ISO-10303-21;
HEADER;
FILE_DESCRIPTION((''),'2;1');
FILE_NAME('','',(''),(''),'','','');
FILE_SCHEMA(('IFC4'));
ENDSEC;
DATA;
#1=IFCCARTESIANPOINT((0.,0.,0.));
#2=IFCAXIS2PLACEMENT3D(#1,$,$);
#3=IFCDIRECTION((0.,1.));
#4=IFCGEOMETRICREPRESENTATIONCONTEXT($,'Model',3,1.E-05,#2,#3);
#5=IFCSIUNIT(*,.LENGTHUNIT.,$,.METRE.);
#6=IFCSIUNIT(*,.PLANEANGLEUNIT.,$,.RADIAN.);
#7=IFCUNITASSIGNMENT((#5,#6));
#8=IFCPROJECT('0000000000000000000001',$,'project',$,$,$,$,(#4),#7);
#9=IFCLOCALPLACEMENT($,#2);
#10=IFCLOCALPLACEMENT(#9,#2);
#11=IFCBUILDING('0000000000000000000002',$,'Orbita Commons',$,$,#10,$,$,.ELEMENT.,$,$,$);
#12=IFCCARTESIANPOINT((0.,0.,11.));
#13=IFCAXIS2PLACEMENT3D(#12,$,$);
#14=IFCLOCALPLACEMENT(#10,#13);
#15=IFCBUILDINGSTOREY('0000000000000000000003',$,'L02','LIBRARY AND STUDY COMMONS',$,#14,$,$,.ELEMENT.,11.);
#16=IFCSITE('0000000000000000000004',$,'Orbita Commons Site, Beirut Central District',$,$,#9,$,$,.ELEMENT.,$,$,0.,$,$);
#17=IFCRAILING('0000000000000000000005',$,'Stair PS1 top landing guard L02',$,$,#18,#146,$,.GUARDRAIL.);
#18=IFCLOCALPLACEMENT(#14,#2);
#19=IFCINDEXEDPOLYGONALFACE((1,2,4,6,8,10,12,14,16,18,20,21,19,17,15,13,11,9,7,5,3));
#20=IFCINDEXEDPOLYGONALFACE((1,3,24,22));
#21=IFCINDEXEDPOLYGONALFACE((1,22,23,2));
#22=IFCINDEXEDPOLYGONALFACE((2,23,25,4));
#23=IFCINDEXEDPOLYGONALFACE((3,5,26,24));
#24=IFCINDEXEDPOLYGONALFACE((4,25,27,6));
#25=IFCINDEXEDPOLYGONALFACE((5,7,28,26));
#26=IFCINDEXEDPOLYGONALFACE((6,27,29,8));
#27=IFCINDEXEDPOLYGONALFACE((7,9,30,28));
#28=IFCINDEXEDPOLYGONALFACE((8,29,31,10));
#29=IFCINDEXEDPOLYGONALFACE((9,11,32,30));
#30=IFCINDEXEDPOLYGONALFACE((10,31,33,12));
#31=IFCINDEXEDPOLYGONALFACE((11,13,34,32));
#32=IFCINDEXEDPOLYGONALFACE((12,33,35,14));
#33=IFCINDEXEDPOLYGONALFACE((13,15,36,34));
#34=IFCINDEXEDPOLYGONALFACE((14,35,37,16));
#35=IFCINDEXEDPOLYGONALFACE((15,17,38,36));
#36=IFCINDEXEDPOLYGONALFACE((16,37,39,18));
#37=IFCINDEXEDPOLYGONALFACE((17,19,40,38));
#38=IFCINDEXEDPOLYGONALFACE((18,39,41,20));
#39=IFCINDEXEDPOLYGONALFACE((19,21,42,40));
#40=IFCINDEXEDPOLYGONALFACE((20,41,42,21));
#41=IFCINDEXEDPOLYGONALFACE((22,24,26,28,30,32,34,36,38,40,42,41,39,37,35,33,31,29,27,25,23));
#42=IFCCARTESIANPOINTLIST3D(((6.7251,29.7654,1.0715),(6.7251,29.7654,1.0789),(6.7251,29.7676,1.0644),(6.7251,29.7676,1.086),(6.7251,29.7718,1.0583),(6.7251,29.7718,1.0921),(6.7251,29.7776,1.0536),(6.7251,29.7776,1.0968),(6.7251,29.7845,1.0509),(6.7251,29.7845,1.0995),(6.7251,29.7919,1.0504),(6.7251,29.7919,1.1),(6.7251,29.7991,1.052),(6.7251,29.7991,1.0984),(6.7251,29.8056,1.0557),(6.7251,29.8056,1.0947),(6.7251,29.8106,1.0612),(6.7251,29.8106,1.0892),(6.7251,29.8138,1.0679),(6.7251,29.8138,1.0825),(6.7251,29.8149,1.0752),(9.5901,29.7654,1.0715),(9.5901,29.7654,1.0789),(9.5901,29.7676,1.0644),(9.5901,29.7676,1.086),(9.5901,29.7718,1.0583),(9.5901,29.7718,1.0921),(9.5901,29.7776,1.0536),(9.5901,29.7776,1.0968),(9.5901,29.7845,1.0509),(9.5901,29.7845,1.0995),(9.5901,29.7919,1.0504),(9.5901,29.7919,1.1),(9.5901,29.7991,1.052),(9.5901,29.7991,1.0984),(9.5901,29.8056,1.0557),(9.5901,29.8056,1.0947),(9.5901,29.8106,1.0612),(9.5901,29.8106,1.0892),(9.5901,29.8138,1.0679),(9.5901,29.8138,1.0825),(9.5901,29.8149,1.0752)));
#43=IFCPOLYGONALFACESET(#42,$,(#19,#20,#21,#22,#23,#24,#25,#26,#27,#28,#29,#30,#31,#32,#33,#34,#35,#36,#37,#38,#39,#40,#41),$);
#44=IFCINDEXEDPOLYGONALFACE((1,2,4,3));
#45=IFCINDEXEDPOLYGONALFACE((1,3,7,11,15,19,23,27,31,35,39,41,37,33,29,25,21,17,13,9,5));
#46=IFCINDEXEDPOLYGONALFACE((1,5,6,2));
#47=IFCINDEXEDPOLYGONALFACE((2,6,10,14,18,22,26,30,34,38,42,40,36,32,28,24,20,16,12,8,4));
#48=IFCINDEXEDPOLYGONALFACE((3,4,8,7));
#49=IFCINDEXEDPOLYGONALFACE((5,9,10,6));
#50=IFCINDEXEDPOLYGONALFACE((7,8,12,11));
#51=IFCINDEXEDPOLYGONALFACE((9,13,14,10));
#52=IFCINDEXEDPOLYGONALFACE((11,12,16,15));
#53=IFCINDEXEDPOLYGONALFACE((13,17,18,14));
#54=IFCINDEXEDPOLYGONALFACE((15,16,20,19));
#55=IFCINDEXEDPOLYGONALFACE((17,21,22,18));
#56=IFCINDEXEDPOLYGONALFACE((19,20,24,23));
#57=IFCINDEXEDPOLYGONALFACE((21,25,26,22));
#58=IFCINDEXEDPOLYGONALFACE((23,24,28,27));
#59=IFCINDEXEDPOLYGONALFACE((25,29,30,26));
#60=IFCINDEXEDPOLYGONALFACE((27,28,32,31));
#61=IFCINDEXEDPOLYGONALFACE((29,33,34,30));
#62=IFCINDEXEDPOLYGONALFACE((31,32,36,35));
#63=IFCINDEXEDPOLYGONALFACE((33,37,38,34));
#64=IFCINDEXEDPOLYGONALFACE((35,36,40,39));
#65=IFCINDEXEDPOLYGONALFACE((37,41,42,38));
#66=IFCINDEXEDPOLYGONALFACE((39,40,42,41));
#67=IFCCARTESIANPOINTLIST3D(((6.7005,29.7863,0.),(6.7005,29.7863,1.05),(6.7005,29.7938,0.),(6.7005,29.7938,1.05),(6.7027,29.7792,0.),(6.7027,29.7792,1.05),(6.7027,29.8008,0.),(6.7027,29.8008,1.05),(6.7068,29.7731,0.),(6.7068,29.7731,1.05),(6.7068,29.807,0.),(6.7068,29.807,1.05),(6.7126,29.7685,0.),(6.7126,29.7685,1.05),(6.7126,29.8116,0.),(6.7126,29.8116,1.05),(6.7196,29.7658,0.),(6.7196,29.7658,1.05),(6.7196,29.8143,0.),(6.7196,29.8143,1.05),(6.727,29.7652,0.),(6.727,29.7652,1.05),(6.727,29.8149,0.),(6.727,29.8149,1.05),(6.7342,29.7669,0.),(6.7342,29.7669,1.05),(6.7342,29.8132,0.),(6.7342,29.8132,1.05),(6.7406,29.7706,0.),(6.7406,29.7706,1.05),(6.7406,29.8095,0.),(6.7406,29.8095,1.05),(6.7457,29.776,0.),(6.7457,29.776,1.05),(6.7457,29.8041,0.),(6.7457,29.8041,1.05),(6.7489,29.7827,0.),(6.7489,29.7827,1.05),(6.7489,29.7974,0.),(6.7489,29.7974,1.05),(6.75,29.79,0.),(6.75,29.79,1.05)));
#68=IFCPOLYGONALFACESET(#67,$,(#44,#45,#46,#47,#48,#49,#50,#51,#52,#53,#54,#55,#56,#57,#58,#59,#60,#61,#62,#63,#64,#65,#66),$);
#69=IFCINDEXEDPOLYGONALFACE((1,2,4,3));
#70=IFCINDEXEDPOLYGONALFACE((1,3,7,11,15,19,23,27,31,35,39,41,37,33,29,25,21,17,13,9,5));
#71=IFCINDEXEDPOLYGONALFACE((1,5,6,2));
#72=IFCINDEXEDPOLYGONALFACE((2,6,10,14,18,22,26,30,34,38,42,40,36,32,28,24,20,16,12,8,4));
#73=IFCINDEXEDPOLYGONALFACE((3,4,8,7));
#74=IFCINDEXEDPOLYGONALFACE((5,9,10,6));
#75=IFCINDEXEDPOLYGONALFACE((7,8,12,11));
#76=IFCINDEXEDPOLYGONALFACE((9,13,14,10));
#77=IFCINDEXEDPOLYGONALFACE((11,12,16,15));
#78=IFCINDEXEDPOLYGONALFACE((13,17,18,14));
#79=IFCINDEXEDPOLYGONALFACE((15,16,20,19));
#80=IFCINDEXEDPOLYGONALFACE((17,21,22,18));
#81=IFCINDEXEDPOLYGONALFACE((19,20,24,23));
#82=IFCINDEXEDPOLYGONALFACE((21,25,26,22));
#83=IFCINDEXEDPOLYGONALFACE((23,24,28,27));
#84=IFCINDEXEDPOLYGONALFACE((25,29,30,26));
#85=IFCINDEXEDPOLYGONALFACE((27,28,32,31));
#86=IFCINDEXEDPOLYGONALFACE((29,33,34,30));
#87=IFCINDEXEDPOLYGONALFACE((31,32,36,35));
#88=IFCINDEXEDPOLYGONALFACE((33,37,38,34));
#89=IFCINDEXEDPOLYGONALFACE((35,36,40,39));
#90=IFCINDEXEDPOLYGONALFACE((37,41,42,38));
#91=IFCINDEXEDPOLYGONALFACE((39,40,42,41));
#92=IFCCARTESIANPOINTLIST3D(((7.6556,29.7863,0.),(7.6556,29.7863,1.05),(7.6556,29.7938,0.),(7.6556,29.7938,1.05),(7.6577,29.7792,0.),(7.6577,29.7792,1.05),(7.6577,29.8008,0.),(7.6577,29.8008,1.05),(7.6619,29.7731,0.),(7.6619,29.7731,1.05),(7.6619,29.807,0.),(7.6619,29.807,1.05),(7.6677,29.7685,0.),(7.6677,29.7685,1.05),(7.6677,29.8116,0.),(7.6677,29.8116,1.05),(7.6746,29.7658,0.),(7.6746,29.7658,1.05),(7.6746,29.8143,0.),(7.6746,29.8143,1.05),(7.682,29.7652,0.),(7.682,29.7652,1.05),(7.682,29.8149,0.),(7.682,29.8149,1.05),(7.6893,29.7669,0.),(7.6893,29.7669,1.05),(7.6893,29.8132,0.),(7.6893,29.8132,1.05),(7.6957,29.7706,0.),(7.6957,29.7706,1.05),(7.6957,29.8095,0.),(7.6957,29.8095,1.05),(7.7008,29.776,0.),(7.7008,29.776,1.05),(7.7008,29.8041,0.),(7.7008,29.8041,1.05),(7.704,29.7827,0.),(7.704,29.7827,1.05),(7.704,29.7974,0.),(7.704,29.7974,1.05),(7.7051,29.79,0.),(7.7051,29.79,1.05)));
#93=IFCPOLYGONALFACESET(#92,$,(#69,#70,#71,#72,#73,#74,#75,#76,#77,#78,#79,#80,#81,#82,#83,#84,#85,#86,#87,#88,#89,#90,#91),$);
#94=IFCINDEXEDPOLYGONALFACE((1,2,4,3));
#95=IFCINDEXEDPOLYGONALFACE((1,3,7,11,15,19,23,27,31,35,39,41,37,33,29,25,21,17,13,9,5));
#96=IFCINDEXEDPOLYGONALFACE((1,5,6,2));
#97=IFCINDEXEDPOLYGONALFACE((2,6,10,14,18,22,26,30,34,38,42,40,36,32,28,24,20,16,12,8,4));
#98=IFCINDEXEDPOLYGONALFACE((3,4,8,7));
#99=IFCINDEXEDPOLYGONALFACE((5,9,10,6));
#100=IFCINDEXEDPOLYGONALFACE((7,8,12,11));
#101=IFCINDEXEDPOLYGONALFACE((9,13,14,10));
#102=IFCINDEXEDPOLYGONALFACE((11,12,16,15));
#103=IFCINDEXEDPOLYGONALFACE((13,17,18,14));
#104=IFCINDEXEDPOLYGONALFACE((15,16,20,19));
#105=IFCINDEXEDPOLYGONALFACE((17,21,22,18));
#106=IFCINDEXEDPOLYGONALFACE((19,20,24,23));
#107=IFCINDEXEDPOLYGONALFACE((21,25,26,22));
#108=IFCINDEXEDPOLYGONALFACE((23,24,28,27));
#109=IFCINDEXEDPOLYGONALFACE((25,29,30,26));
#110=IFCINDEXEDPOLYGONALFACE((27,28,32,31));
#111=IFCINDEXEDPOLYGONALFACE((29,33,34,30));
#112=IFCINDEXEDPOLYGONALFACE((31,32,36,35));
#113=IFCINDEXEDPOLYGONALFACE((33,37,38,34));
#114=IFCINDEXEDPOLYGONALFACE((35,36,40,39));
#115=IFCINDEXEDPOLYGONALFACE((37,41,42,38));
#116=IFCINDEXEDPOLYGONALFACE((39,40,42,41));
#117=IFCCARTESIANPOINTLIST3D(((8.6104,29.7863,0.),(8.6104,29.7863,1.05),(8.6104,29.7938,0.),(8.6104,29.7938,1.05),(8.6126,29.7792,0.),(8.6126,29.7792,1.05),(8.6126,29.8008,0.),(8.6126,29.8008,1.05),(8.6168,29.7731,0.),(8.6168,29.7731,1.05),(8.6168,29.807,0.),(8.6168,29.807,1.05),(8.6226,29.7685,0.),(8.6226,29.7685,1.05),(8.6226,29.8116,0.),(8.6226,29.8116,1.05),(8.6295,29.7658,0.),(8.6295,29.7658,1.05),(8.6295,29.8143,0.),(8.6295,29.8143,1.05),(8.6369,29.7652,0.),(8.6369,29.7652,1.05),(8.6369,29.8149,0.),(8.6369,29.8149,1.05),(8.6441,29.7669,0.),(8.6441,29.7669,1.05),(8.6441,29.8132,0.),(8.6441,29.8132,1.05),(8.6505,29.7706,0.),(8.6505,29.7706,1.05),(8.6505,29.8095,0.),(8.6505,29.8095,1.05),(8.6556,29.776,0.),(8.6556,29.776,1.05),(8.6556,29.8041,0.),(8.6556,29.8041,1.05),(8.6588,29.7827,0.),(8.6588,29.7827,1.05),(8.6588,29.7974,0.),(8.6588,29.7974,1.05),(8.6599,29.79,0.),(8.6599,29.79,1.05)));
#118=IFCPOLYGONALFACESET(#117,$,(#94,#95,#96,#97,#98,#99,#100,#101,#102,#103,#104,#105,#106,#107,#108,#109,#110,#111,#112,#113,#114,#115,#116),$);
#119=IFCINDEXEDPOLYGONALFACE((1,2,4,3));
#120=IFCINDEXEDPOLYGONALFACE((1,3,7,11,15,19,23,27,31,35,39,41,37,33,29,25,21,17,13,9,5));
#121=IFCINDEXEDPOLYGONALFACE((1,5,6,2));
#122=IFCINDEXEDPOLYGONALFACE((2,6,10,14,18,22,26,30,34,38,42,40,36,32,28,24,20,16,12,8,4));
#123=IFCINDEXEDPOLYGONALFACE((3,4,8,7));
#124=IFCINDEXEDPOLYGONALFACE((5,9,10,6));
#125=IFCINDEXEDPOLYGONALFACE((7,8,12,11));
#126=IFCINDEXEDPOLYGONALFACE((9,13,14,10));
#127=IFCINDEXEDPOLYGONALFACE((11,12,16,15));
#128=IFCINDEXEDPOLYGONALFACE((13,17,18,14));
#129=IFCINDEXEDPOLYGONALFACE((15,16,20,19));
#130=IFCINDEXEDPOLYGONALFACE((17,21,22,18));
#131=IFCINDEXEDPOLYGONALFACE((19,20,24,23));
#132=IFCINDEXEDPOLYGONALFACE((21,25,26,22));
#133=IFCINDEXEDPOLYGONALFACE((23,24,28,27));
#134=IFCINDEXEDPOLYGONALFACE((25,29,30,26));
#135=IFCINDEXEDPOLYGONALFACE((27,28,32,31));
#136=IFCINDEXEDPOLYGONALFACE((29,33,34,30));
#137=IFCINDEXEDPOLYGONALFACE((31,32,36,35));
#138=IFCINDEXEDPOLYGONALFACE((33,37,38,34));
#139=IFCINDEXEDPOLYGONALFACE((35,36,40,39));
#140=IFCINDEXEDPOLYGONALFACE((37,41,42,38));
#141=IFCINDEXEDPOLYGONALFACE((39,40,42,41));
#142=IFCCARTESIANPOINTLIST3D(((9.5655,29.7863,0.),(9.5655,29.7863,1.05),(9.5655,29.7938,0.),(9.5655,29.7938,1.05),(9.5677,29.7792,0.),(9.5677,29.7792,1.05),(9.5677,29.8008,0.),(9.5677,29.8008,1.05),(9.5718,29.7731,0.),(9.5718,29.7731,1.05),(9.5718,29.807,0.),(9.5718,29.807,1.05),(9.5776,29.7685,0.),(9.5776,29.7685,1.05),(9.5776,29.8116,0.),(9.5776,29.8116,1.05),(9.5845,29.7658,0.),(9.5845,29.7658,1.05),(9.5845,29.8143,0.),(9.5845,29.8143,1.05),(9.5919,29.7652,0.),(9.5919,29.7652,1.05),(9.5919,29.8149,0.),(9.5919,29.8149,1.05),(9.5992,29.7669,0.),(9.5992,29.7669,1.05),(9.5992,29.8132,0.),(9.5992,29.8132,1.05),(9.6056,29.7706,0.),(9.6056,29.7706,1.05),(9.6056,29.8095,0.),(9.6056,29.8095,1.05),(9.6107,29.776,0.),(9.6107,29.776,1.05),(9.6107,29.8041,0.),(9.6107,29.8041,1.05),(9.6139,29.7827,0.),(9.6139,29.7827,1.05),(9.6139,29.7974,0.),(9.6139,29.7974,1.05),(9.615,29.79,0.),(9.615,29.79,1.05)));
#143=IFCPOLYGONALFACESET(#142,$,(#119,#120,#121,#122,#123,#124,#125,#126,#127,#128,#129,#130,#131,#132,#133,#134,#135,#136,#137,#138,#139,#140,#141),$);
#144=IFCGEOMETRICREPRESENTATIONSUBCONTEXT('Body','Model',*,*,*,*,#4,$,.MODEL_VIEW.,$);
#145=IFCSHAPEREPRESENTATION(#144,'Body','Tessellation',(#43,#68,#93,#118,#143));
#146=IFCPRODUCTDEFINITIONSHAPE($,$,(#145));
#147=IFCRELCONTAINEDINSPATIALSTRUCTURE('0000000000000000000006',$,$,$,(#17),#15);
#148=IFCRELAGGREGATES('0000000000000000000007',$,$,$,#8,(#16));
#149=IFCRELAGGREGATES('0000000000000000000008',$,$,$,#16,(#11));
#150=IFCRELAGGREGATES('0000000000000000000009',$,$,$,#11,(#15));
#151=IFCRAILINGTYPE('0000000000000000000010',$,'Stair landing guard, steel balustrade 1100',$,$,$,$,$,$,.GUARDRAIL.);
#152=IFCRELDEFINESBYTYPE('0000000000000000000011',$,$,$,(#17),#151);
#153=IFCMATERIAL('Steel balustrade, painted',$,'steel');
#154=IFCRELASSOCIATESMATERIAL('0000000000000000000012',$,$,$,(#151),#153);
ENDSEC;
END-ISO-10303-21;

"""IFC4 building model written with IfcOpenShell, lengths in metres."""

from ifc_helpers import new_model, si_unit, direction, frame, origin, origin_2d, place, context, subcontext, project, spatial, circle, extrude, material, type_object, element, save


model = new_model("IFC4")

# Units and contexts
model_context = context("Model", 3, precision=1e-05, world=origin(), true_north=direction((0.0, 1.0)))
body_context = subcontext(model_context, "Body", "Model", "MODEL_VIEW")
ifc_project = project(units=[si_unit("LENGTHUNIT", "METRE"), si_unit("PLANEANGLEUNIT", "RADIAN")], contexts=[model_context])

# Site, building, storey
site_placement = place(None, origin())
site = spatial("IfcSite", under=ifc_project, at=site_placement, Name="Orbita Commons Site, Beirut Central District", CompositionType="ELEMENT", RefElevation=0.0)
building_placement = place(site_placement, origin())
building = spatial("IfcBuilding", under=site, at=building_placement, Name="Orbita Commons", CompositionType="ELEMENT")
storey_placement = place(building_placement, frame((0.0, 0.0, 11.0)))
storey = spatial("IfcBuildingStorey", under=building, at=storey_placement, Name="L02", Description="LIBRARY AND STUDY COMMONS", CompositionType="ELEMENT", Elevation=11.0)

# Railing
ifc_material_1 = material(Name="Steel balustrade, painted", Category="steel")
railing_type = type_object("IfcRailingType", Name="Stair landing guard, steel balustrade 1100", PredefinedType="GUARDRAIL", material=ifc_material_1)
railing_placement = place(storey_placement, frame((6.7251, 29.79, 0.0)))
element("IfcRailing", 1, at=railing_placement, inside=storey, type_object=railing_type, Name="Stair PS1 top landing guard L02", PredefinedType="GUARDRAIL", context=body_context, shape_type="SweptSolid", body=[
    extrude(circle(Radius=0.0249, at=origin_2d()), frame((0.0, 0.0, 1.0752), z_axis=(1.0, 0.0, 0.0), x_axis=(0.0, 1.0, 0.0)), (0.0, 0.0, 1.0), 2.865),
    extrude(circle(Radius=0.0249, at=origin_2d()), origin(), (0.0, 0.0, 1.0), 1.05),
    extrude(circle(Radius=0.0249, at=origin_2d()), frame((0.9551, 0.0, 0.0)), (0.0, 0.0, 1.0), 1.05),
    extrude(circle(Radius=0.0249, at=origin_2d()), frame((1.9099, 0.0, 0.0)), (0.0, 0.0, 1.0), 1.05),
    extrude(circle(Radius=0.0249, at=origin_2d()), frame((2.865, 0.0, 0.0)), (0.0, 0.0, 1.0), 1.05),
])

save(model, "model.ifc")
